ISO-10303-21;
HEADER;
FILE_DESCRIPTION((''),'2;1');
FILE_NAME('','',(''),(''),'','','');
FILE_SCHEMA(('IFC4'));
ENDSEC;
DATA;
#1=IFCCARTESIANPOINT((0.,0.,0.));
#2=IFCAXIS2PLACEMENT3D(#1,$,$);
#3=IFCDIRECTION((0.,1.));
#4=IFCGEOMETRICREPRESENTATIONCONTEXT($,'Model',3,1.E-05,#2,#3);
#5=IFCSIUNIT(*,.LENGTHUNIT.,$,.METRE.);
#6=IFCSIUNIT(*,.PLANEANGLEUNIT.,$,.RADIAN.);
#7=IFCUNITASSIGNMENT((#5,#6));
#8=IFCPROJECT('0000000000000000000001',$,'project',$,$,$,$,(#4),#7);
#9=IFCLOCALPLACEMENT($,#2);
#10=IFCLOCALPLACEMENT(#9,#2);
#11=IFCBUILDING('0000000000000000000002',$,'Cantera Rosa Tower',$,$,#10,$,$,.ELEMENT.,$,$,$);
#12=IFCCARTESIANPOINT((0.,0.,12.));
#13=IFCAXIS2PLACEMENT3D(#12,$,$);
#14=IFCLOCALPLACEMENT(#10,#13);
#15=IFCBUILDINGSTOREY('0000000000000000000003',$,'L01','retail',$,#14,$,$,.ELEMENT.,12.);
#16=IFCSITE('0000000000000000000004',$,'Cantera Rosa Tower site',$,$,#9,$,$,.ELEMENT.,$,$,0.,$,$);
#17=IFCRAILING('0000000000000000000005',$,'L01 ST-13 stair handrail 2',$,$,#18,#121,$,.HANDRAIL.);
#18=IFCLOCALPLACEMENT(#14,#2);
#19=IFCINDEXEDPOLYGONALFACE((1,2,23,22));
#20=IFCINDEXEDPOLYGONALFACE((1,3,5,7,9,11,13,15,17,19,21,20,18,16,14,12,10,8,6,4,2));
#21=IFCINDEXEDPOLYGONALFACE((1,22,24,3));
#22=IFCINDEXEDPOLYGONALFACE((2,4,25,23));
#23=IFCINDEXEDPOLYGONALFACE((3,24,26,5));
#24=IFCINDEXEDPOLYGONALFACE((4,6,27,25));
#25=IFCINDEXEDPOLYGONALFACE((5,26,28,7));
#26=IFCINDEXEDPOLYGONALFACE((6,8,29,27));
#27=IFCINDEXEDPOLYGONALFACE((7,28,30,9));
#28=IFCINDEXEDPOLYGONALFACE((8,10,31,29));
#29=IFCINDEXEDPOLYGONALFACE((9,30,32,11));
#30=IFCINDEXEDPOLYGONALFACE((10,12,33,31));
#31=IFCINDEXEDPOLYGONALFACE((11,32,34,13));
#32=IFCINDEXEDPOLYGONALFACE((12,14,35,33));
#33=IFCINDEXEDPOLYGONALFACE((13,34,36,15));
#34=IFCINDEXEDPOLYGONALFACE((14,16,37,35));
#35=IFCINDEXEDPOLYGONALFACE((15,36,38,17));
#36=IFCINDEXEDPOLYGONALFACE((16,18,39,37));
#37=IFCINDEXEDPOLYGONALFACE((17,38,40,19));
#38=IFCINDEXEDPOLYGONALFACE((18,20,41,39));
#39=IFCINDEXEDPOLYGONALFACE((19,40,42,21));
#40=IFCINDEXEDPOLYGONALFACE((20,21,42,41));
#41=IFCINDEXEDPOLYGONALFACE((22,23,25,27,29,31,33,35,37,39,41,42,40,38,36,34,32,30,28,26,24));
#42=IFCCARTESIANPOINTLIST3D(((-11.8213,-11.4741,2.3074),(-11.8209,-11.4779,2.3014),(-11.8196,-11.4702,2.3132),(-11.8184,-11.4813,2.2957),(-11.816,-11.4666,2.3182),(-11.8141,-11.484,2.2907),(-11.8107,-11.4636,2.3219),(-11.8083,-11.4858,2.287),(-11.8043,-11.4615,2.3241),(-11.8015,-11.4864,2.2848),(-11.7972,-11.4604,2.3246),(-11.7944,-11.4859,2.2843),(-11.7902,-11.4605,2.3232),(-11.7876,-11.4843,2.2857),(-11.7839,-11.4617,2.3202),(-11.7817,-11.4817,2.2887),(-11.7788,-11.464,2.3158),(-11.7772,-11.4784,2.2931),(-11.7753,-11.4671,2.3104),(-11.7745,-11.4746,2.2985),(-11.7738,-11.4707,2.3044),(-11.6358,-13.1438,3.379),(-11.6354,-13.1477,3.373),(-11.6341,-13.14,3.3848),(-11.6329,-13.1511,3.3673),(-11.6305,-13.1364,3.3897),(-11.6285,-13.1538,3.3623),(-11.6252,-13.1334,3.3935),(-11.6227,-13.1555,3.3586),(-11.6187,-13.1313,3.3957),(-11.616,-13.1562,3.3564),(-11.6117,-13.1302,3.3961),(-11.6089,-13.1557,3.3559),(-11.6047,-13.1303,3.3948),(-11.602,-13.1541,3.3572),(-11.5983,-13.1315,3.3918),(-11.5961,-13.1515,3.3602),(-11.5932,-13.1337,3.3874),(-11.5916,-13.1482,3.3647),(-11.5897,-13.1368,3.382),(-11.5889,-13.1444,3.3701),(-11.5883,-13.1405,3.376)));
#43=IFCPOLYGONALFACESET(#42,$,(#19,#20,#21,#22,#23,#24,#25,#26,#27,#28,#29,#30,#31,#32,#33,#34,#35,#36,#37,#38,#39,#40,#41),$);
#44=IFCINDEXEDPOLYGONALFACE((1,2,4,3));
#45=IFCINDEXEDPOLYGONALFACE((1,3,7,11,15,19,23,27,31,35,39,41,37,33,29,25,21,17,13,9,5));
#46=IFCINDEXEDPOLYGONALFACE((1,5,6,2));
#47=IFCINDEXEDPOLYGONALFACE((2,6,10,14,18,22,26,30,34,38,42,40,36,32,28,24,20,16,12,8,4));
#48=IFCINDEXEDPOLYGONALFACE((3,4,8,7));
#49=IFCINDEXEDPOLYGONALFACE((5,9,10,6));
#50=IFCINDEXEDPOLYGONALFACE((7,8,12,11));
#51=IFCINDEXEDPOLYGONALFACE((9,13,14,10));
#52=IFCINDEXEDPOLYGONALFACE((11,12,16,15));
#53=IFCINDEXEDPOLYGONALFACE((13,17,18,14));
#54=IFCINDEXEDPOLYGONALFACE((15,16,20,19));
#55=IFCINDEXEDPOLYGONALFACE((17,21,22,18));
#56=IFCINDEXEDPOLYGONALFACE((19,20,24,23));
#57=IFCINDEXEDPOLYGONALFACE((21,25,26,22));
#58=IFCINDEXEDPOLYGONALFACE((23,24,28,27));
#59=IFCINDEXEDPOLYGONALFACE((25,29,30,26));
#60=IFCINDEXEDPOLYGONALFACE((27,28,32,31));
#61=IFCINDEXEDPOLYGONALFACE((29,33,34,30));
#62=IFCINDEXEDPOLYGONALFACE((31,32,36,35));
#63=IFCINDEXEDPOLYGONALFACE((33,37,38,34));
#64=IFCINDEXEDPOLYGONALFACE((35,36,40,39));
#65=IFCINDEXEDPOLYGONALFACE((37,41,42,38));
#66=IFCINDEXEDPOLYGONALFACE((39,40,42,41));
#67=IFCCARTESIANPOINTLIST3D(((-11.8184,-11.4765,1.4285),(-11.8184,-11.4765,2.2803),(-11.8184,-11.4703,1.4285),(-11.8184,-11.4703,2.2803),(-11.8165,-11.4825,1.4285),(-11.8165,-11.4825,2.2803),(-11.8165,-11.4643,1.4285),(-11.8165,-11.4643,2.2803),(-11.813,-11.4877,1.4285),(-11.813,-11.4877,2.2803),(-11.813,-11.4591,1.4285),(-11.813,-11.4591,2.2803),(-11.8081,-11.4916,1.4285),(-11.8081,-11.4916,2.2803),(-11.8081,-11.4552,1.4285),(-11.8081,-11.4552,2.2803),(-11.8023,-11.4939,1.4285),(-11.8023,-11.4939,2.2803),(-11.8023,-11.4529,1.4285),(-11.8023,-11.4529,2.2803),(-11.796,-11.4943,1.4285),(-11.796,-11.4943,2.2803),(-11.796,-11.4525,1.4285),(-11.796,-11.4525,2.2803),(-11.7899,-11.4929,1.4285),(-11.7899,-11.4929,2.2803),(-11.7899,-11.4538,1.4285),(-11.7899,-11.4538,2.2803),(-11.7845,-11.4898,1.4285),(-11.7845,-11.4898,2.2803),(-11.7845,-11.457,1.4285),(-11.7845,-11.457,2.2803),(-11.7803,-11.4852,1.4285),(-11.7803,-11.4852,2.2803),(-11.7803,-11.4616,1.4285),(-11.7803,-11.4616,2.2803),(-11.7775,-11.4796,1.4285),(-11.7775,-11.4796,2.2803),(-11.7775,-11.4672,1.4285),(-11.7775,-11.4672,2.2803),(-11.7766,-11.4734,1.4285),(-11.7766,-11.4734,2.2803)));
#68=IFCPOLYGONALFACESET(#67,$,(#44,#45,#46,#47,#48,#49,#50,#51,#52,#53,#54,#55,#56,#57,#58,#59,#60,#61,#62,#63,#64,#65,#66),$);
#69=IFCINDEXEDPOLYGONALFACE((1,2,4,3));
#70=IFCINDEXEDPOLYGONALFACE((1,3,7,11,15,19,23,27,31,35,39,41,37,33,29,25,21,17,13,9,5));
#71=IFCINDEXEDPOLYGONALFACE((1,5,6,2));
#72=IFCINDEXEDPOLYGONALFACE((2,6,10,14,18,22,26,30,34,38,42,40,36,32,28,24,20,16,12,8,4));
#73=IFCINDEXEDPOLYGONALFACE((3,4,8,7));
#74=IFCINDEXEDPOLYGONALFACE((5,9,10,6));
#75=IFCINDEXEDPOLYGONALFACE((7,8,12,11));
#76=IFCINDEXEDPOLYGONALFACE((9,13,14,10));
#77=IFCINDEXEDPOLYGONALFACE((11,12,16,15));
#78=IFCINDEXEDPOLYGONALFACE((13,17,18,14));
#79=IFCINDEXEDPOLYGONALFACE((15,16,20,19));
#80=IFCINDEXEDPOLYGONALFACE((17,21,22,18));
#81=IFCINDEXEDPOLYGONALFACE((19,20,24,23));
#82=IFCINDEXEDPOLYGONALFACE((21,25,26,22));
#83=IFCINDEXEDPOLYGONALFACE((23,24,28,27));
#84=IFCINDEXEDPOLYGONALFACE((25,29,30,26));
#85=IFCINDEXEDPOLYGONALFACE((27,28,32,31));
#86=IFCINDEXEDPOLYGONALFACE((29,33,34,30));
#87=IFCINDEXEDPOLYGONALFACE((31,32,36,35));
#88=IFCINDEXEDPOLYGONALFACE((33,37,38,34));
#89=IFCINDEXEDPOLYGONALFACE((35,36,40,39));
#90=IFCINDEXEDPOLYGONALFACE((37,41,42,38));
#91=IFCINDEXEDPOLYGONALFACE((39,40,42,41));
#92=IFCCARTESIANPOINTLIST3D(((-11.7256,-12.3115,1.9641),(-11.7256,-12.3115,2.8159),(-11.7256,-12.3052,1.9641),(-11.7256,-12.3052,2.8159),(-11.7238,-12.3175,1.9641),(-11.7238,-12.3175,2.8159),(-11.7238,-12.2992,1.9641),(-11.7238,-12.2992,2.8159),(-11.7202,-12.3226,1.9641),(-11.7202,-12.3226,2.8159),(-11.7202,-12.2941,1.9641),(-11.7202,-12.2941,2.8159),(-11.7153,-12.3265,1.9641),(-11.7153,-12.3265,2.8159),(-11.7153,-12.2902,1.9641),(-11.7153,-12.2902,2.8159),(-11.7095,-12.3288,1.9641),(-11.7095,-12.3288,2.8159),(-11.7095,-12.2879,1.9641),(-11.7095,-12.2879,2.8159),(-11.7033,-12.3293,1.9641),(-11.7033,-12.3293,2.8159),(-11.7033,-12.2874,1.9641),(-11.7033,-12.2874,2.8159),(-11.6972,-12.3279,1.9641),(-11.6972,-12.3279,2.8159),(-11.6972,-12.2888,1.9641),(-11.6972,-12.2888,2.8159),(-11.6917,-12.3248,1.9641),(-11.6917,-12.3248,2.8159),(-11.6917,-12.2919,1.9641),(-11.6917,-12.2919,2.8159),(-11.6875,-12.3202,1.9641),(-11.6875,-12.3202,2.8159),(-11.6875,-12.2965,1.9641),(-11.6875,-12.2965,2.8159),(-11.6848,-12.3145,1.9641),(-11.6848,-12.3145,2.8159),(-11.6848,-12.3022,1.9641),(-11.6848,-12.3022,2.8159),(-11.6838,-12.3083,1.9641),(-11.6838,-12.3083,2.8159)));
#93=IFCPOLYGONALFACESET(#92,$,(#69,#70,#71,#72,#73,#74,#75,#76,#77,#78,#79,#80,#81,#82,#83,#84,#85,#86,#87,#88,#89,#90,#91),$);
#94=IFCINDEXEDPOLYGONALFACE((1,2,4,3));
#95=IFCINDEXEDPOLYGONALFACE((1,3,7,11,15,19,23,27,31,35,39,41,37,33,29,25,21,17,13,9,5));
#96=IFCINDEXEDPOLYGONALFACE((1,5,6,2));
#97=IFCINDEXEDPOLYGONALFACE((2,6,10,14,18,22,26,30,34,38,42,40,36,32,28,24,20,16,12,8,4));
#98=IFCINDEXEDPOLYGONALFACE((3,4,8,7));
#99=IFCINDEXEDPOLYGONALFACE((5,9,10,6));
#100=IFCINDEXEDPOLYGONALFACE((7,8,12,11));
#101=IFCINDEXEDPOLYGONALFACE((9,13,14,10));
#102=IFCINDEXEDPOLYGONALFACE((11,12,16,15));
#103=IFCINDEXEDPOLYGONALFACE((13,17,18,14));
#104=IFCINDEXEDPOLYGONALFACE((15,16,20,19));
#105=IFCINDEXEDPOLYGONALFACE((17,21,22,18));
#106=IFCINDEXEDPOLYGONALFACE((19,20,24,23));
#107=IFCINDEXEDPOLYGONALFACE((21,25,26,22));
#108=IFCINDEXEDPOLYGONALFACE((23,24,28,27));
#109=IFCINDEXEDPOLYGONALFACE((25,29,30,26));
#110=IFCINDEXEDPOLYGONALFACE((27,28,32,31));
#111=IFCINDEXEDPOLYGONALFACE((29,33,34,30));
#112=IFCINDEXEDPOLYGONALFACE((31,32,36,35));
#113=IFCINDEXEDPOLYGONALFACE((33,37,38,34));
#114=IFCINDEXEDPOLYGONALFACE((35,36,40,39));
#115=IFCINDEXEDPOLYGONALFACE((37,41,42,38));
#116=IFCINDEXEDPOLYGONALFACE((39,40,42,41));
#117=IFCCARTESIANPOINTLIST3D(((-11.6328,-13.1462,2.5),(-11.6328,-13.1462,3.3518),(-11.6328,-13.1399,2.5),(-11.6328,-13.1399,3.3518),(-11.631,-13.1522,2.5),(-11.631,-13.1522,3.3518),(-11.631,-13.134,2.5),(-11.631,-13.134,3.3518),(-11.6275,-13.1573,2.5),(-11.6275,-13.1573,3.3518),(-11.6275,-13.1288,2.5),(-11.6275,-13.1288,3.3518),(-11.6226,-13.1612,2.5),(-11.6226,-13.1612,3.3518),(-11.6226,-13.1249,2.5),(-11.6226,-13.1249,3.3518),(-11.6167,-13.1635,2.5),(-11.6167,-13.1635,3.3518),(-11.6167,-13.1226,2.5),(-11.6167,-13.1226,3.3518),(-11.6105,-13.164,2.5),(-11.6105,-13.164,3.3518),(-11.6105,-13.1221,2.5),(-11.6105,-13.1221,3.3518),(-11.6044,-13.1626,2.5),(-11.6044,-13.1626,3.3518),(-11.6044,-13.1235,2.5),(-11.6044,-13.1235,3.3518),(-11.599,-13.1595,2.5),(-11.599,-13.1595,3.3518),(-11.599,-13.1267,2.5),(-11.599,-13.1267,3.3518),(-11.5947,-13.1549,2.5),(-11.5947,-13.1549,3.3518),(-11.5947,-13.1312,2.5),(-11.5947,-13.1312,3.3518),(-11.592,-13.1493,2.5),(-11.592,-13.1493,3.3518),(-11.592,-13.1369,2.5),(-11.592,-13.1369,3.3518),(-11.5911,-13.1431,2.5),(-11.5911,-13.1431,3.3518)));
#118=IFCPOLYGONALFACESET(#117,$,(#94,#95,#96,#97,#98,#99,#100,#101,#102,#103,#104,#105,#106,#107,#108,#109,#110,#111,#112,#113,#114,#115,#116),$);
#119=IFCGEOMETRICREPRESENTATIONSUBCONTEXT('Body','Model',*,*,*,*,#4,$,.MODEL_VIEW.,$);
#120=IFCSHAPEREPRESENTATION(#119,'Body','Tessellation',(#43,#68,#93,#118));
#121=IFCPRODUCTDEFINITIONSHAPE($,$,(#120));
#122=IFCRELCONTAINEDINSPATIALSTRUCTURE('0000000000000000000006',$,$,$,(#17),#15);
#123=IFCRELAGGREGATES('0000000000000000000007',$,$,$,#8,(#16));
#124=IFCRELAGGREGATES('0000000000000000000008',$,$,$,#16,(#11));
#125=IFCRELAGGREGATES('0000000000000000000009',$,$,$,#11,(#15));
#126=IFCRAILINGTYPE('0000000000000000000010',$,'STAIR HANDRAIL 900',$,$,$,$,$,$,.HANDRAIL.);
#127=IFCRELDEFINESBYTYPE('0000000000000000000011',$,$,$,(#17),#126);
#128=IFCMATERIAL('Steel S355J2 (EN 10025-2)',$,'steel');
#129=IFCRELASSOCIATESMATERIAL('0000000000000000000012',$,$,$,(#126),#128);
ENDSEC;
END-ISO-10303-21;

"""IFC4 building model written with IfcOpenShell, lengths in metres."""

from ifc_helpers import new_model, si_unit, direction, frame, origin, origin_2d, place, context, subcontext, project, spatial, circle, extrude, material, type_object, element, save


model = new_model("IFC4")

# Units and contexts
model_context = context("Model", 3, precision=1e-05, world=origin(), true_north=direction((0.0, 1.0)))
body_context = subcontext(model_context, "Body", "Model", "MODEL_VIEW")
ifc_project = project(units=[si_unit("LENGTHUNIT", "METRE"), si_unit("PLANEANGLEUNIT", "RADIAN")], contexts=[model_context])

# Site, building, storey
site_placement = place(None, origin())
site = spatial("IfcSite", under=ifc_project, at=site_placement, Name="Cantera Rosa Tower site", CompositionType="ELEMENT", RefElevation=0.0)
building_placement = place(site_placement, origin())
building = spatial("IfcBuilding", under=site, at=building_placement, Name="Cantera Rosa Tower", CompositionType="ELEMENT")
storey_placement = place(building_placement, frame((0.0, 0.0, 12.0)))
storey = spatial("IfcBuildingStorey", under=building, at=storey_placement, Name="L01", Description="retail", CompositionType="ELEMENT", Elevation=12.0)

# Railing
ifc_material_1 = material(Name="Steel S355J2 (EN 10025-2)", Category="steel")
railing_type_1 = type_object("IfcRailingType", Name="STAIR HANDRAIL 900", PredefinedType="HANDRAIL", material=ifc_material_1)
railing_1_placement = place(storey_placement, frame((-11.7976, -11.4734, 1.4285)))
element("IfcRailing", 1, at=railing_1_placement, inside=storey, type_object=railing_type_1, Name="L01 ST-13 stair handrail 2", PredefinedType="HANDRAIL", context=body_context, shape_type="SweptSolid", body=[
    extrude(circle(Radius=0.0239, at=origin_2d()), frame((0.0, 0.0, 0.876), z_axis=(0.093118, -0.837941, 0.537758), x_axis=(0.993882, 0.110447, 0.0)), (0.0, 0.0, 1.0), 1.9927),
    extrude(circle(Radius=0.021, at=origin_2d()), origin(), (0.0, 0.0, 1.0), 0.8518),
    extrude(circle(Radius=0.021, at=origin_2d()), frame((0.0928, -0.835, 0.5356)), (0.0, 0.0, 1.0), 0.8518),
    extrude(circle(Radius=0.021, at=origin_2d()), frame((0.1855, -1.6697, 1.0715)), (0.0, 0.0, 1.0), 0.8518),
])

save(model, "model.ifc")
